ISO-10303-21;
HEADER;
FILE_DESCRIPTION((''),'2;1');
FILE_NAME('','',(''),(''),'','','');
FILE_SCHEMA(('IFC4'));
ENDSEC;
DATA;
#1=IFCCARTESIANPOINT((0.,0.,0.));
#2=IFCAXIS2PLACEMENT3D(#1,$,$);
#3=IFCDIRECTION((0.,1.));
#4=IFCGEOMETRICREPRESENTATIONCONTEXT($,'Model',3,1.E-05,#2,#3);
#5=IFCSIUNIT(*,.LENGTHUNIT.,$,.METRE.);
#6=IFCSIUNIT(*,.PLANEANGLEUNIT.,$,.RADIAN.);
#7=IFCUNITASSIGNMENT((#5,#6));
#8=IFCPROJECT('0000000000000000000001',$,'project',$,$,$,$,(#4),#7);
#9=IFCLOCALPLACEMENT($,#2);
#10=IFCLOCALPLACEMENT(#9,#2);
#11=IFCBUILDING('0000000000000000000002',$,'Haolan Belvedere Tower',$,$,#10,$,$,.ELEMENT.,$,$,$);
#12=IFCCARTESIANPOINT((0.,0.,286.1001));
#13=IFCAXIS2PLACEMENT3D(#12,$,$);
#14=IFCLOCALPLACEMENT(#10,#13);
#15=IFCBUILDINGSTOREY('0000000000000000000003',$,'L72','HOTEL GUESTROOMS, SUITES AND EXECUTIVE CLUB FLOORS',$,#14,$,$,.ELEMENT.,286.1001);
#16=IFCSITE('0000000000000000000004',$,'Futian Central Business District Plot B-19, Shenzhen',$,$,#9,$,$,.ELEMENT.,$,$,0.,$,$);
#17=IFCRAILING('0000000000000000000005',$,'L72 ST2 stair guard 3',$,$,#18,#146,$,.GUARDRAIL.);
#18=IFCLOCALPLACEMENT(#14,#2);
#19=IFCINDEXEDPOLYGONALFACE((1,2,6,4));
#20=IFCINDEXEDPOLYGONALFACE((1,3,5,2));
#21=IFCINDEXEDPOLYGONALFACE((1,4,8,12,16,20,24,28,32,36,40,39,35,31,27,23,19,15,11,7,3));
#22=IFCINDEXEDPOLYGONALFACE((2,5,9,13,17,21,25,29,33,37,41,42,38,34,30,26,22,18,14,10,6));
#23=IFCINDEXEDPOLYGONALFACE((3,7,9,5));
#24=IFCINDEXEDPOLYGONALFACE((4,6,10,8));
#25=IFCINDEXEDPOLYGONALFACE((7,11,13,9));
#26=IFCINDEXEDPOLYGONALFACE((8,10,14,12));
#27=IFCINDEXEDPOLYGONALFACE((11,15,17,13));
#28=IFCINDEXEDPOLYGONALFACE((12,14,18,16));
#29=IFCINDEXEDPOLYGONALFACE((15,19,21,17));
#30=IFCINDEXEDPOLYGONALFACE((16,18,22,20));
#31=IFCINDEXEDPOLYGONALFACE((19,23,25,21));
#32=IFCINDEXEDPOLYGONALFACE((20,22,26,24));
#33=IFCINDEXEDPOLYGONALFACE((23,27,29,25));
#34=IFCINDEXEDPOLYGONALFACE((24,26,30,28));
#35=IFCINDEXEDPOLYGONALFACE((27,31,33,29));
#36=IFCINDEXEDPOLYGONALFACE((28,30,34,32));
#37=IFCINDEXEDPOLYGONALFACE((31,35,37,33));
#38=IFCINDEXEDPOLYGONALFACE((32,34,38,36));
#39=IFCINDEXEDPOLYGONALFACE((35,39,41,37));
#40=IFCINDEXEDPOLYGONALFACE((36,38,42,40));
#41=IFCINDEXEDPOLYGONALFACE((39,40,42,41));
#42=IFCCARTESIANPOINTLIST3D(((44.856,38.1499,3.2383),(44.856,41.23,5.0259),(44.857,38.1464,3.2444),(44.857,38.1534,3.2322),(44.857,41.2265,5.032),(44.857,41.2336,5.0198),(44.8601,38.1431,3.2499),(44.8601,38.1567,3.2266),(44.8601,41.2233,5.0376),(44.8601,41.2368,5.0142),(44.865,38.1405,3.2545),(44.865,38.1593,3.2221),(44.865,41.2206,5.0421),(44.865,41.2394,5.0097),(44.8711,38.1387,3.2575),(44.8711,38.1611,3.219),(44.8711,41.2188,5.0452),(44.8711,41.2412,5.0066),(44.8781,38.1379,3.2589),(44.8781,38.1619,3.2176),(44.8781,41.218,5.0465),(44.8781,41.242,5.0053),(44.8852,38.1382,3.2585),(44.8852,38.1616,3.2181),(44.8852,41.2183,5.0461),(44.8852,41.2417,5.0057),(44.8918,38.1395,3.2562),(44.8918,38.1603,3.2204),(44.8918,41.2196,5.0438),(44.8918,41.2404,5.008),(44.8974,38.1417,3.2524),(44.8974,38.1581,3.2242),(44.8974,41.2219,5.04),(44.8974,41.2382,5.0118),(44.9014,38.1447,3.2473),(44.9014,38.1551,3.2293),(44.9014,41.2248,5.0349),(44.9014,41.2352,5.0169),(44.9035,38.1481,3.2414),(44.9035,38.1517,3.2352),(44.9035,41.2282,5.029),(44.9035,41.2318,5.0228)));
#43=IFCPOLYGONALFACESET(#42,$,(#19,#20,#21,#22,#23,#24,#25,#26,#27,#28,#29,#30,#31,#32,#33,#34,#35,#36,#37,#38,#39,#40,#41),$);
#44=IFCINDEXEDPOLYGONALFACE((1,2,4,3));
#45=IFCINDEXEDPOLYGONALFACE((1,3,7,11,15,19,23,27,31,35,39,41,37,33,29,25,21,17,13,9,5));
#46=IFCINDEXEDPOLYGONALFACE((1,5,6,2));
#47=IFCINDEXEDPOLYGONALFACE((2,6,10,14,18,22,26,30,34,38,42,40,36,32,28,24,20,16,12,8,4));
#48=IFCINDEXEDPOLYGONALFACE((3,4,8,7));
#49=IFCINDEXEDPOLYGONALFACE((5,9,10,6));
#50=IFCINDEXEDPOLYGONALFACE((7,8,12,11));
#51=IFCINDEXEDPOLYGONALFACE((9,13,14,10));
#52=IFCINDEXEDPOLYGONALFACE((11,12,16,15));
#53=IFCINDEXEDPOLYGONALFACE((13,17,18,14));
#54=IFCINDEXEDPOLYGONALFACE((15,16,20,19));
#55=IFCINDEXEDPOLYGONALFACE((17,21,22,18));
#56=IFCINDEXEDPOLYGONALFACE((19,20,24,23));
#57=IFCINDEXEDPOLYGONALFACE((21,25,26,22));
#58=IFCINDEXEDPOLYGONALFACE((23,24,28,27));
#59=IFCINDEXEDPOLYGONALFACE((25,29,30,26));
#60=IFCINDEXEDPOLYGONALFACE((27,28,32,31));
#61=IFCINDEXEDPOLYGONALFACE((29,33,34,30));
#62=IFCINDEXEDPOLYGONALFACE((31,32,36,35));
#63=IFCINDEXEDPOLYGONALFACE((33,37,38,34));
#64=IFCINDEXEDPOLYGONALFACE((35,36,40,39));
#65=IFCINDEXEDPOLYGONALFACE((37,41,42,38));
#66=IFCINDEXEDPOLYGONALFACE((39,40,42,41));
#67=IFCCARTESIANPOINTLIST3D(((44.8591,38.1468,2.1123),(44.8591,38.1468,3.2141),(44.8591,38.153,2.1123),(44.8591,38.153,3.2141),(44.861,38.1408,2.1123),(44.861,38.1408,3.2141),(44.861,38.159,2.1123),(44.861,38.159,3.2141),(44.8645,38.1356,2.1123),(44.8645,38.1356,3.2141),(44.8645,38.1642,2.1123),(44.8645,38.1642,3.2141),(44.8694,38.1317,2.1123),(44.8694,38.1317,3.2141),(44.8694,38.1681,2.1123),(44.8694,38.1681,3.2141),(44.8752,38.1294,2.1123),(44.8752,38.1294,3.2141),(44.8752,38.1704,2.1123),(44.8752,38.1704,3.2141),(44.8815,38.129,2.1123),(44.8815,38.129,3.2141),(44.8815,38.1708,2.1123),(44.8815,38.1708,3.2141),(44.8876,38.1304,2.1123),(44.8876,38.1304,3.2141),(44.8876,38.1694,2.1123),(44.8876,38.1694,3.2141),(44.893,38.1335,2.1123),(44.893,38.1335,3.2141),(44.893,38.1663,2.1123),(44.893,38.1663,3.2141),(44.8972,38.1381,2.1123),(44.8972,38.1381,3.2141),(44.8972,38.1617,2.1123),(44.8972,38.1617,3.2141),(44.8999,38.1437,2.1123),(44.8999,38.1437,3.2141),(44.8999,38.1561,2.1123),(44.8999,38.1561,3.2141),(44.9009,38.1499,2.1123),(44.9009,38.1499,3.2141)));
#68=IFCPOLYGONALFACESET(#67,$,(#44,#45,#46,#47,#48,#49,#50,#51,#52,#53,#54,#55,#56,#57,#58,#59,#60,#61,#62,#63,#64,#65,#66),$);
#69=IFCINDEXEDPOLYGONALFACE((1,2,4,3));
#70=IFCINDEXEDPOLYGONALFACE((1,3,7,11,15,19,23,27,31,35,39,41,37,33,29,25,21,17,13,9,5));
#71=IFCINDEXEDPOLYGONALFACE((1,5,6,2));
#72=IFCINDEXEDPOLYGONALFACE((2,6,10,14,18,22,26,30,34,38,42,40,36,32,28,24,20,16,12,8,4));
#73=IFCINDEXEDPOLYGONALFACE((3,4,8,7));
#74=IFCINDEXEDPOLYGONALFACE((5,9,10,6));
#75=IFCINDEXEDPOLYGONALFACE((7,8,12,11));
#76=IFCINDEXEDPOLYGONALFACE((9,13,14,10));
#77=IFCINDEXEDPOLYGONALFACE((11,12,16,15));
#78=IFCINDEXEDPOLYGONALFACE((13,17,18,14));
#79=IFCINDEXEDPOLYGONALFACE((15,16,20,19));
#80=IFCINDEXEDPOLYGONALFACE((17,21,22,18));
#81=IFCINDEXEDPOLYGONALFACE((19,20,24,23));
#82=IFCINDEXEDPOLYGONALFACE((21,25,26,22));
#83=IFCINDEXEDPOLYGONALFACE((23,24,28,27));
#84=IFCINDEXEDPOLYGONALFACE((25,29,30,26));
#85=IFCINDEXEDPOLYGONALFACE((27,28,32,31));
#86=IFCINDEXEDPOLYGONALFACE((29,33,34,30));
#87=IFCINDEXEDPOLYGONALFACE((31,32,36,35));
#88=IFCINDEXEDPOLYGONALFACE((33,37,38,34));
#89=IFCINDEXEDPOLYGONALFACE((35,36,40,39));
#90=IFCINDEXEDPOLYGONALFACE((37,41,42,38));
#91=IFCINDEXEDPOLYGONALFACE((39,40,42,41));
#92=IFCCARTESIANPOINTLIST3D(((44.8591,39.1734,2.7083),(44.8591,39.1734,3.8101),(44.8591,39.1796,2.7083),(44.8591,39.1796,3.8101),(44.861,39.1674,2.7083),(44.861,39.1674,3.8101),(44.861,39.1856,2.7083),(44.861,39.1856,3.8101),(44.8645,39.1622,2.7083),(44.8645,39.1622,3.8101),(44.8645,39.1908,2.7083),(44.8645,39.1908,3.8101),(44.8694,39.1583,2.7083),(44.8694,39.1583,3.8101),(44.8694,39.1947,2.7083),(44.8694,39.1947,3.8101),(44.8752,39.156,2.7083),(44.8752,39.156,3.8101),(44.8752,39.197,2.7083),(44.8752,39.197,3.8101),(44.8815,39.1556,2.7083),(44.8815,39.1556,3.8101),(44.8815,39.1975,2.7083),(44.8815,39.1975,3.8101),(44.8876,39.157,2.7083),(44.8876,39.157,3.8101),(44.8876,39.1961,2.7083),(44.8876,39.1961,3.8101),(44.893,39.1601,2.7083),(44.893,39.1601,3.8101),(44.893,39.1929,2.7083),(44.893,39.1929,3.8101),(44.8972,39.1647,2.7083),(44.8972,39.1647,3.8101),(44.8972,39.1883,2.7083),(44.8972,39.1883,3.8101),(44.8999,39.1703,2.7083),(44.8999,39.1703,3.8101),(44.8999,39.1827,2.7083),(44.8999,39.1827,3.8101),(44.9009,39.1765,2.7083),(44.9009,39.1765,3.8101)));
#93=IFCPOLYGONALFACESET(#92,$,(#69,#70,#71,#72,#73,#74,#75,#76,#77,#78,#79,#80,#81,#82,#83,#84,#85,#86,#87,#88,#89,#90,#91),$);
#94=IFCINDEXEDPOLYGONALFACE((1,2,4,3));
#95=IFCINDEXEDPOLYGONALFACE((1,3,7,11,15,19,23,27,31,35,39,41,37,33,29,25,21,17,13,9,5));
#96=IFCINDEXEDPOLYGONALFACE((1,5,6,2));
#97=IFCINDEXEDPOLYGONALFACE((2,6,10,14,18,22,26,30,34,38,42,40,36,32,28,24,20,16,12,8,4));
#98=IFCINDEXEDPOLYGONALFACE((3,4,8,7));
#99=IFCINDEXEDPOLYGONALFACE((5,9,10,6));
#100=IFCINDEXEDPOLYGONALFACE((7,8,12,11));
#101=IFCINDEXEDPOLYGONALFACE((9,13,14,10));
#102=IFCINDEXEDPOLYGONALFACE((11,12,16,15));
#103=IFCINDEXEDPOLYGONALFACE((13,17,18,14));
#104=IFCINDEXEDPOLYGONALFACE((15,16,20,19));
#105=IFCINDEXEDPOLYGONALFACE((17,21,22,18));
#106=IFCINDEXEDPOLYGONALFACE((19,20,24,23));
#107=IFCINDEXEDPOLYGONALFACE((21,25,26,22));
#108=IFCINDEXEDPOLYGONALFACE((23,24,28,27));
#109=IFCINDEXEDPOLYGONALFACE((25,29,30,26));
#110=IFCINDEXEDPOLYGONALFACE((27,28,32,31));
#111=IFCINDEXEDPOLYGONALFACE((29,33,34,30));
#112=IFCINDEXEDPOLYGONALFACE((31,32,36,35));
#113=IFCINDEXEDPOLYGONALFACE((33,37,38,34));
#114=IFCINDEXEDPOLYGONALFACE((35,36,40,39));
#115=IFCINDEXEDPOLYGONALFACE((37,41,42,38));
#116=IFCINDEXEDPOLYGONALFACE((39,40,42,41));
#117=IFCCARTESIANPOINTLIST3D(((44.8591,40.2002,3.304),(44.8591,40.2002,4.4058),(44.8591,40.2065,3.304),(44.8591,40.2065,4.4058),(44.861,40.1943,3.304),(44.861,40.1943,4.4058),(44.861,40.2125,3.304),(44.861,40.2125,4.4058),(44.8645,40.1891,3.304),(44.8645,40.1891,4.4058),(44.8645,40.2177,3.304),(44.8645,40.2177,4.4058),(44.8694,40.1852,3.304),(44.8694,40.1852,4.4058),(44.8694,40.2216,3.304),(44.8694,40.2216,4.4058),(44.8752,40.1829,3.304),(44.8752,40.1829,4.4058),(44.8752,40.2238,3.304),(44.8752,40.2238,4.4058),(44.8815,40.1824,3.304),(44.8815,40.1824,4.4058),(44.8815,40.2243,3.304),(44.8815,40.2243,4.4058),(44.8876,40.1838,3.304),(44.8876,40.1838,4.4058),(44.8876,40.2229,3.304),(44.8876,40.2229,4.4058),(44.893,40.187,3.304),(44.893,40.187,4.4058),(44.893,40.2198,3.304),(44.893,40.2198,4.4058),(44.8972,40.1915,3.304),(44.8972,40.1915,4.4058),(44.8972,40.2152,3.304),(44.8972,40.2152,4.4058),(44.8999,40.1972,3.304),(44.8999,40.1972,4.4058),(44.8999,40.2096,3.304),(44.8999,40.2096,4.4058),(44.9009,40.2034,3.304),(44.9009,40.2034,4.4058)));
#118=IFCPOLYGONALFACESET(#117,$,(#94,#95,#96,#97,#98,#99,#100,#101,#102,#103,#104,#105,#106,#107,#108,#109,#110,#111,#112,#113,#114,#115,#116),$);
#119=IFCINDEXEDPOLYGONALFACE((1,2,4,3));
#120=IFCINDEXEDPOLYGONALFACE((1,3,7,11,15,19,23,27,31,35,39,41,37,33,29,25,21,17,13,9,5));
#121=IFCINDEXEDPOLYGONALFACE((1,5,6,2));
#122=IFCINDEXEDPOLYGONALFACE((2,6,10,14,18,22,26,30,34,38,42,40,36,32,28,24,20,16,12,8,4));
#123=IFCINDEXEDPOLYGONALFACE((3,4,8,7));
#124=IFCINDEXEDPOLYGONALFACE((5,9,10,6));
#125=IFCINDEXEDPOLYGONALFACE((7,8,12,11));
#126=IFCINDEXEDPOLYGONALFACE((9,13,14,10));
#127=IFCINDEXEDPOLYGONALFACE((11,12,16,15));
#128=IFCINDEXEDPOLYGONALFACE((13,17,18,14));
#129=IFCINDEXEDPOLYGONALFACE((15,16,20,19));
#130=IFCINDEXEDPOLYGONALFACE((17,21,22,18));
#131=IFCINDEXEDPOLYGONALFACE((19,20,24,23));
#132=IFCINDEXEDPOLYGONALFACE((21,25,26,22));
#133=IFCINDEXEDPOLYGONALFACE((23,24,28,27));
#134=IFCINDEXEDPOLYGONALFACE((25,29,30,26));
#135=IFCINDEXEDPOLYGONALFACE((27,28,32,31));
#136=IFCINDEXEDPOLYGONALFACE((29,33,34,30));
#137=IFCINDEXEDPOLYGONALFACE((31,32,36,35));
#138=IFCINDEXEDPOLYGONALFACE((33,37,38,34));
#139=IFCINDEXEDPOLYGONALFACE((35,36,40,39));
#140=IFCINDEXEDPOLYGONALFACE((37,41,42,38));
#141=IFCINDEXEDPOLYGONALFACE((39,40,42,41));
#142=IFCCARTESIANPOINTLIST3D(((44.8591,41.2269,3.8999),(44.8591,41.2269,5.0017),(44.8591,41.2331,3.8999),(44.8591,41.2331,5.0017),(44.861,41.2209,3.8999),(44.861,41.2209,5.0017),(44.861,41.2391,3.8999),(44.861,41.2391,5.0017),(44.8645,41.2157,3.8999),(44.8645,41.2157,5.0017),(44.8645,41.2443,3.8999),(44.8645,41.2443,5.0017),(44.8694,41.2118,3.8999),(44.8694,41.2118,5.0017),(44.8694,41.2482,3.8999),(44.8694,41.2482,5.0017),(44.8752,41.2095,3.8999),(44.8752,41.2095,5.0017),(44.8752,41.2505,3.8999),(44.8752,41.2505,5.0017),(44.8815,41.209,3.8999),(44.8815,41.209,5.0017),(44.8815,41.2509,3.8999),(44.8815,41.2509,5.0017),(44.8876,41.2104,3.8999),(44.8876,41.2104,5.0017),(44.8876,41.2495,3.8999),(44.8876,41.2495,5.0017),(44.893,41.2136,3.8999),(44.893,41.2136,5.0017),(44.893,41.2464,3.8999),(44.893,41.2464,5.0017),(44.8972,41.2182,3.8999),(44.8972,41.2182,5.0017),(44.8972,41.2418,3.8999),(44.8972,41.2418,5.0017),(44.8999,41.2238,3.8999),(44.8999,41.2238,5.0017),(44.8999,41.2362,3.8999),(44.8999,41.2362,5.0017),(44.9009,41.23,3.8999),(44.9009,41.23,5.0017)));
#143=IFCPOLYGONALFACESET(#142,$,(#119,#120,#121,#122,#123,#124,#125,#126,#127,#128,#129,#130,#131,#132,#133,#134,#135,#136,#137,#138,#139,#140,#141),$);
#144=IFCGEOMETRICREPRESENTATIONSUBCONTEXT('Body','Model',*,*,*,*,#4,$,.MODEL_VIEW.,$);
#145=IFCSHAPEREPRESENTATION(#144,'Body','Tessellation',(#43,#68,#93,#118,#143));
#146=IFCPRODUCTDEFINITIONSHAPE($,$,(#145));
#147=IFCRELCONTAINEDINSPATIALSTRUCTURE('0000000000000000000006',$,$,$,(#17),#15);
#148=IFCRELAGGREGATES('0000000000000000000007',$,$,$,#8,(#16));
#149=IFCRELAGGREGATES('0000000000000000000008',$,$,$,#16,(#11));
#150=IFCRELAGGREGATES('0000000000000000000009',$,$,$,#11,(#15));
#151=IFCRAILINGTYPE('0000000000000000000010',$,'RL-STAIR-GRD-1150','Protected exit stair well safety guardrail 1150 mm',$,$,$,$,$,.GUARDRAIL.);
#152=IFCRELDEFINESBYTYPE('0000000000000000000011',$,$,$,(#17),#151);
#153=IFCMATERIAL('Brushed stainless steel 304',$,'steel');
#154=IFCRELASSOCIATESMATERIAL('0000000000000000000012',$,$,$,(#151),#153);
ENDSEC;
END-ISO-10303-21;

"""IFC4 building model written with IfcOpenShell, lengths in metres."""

from ifc_helpers import new_model, si_unit, direction, frame, origin, origin_2d, place, context, subcontext, project, spatial, circle, extrude, material, type_object, element, save


model = new_model("IFC4")

# Units and contexts
model_context = context("Model", 3, precision=1e-05, world=origin(), true_north=direction((0.0, 1.0)))
body_context = subcontext(model_context, "Body", "Model", "MODEL_VIEW")
ifc_project = project(units=[si_unit("LENGTHUNIT", "METRE"), si_unit("PLANEANGLEUNIT", "RADIAN")], contexts=[model_context])

# Site, building, storey
site_placement = place(None, origin())
site = spatial("IfcSite", under=ifc_project, at=site_placement, Name="Futian Central Business District Plot B-19, Shenzhen", CompositionType="ELEMENT", RefElevation=0.0)
building_placement = place(site_placement, origin())
building = spatial("IfcBuilding", under=site, at=building_placement, Name="Haolan Belvedere Tower", CompositionType="ELEMENT")
storey_placement = place(building_placement, frame((0.0, 0.0, 286.1001)))
storey = spatial("IfcBuildingStorey", under=building, at=storey_placement, Name="L72", Description="HOTEL GUESTROOMS, SUITES AND EXECUTIVE CLUB FLOORS", CompositionType="ELEMENT", Elevation=286.1001)

# Railing
ifc_material_1 = material(Name="Brushed stainless steel 304", Category="steel")
railing_type_1 = type_object("IfcRailingType", Name="RL-STAIR-GRD-1150", Description="Protected exit stair well safety guardrail 1150 mm", PredefinedType="GUARDRAIL", material=ifc_material_1)
railing_1_placement = place(storey_placement, frame((44.8799, 38.1499, 2.1123)))
element("IfcRailing", 1, at=railing_1_placement, inside=storey, type_object=railing_type_1, Name="L72 ST2 stair guard 3", PredefinedType="GUARDRAIL", context=body_context, shape_type="SweptSolid", body=[
    extrude(circle(Radius=0.0239, at=origin_2d()), frame((0.0, 0.0, 1.126), z_axis=(0.0, 0.864891, 0.50196), x_axis=(-1.0, 0.0, 0.0)), (0.0, 0.0, 1.0), 3.5613),
    extrude(circle(Radius=0.021, at=origin_2d()), origin(), (0.0, 0.0, 1.0), 1.1018),
    extrude(circle(Radius=0.021, at=origin_2d()), frame((0.0, 1.0266, 0.5959)), (0.0, 0.0, 1.0), 1.1018),
    extrude(circle(Radius=0.021, at=origin_2d()), frame((0.0, 2.0535, 1.1917)), (0.0, 0.0, 1.0), 1.1018),
    extrude(circle(Radius=0.021, at=origin_2d()), frame((0.0, 3.0801, 1.7876)), (0.0, 0.0, 1.0), 1.1018),
])

save(model, "model.ifc")
